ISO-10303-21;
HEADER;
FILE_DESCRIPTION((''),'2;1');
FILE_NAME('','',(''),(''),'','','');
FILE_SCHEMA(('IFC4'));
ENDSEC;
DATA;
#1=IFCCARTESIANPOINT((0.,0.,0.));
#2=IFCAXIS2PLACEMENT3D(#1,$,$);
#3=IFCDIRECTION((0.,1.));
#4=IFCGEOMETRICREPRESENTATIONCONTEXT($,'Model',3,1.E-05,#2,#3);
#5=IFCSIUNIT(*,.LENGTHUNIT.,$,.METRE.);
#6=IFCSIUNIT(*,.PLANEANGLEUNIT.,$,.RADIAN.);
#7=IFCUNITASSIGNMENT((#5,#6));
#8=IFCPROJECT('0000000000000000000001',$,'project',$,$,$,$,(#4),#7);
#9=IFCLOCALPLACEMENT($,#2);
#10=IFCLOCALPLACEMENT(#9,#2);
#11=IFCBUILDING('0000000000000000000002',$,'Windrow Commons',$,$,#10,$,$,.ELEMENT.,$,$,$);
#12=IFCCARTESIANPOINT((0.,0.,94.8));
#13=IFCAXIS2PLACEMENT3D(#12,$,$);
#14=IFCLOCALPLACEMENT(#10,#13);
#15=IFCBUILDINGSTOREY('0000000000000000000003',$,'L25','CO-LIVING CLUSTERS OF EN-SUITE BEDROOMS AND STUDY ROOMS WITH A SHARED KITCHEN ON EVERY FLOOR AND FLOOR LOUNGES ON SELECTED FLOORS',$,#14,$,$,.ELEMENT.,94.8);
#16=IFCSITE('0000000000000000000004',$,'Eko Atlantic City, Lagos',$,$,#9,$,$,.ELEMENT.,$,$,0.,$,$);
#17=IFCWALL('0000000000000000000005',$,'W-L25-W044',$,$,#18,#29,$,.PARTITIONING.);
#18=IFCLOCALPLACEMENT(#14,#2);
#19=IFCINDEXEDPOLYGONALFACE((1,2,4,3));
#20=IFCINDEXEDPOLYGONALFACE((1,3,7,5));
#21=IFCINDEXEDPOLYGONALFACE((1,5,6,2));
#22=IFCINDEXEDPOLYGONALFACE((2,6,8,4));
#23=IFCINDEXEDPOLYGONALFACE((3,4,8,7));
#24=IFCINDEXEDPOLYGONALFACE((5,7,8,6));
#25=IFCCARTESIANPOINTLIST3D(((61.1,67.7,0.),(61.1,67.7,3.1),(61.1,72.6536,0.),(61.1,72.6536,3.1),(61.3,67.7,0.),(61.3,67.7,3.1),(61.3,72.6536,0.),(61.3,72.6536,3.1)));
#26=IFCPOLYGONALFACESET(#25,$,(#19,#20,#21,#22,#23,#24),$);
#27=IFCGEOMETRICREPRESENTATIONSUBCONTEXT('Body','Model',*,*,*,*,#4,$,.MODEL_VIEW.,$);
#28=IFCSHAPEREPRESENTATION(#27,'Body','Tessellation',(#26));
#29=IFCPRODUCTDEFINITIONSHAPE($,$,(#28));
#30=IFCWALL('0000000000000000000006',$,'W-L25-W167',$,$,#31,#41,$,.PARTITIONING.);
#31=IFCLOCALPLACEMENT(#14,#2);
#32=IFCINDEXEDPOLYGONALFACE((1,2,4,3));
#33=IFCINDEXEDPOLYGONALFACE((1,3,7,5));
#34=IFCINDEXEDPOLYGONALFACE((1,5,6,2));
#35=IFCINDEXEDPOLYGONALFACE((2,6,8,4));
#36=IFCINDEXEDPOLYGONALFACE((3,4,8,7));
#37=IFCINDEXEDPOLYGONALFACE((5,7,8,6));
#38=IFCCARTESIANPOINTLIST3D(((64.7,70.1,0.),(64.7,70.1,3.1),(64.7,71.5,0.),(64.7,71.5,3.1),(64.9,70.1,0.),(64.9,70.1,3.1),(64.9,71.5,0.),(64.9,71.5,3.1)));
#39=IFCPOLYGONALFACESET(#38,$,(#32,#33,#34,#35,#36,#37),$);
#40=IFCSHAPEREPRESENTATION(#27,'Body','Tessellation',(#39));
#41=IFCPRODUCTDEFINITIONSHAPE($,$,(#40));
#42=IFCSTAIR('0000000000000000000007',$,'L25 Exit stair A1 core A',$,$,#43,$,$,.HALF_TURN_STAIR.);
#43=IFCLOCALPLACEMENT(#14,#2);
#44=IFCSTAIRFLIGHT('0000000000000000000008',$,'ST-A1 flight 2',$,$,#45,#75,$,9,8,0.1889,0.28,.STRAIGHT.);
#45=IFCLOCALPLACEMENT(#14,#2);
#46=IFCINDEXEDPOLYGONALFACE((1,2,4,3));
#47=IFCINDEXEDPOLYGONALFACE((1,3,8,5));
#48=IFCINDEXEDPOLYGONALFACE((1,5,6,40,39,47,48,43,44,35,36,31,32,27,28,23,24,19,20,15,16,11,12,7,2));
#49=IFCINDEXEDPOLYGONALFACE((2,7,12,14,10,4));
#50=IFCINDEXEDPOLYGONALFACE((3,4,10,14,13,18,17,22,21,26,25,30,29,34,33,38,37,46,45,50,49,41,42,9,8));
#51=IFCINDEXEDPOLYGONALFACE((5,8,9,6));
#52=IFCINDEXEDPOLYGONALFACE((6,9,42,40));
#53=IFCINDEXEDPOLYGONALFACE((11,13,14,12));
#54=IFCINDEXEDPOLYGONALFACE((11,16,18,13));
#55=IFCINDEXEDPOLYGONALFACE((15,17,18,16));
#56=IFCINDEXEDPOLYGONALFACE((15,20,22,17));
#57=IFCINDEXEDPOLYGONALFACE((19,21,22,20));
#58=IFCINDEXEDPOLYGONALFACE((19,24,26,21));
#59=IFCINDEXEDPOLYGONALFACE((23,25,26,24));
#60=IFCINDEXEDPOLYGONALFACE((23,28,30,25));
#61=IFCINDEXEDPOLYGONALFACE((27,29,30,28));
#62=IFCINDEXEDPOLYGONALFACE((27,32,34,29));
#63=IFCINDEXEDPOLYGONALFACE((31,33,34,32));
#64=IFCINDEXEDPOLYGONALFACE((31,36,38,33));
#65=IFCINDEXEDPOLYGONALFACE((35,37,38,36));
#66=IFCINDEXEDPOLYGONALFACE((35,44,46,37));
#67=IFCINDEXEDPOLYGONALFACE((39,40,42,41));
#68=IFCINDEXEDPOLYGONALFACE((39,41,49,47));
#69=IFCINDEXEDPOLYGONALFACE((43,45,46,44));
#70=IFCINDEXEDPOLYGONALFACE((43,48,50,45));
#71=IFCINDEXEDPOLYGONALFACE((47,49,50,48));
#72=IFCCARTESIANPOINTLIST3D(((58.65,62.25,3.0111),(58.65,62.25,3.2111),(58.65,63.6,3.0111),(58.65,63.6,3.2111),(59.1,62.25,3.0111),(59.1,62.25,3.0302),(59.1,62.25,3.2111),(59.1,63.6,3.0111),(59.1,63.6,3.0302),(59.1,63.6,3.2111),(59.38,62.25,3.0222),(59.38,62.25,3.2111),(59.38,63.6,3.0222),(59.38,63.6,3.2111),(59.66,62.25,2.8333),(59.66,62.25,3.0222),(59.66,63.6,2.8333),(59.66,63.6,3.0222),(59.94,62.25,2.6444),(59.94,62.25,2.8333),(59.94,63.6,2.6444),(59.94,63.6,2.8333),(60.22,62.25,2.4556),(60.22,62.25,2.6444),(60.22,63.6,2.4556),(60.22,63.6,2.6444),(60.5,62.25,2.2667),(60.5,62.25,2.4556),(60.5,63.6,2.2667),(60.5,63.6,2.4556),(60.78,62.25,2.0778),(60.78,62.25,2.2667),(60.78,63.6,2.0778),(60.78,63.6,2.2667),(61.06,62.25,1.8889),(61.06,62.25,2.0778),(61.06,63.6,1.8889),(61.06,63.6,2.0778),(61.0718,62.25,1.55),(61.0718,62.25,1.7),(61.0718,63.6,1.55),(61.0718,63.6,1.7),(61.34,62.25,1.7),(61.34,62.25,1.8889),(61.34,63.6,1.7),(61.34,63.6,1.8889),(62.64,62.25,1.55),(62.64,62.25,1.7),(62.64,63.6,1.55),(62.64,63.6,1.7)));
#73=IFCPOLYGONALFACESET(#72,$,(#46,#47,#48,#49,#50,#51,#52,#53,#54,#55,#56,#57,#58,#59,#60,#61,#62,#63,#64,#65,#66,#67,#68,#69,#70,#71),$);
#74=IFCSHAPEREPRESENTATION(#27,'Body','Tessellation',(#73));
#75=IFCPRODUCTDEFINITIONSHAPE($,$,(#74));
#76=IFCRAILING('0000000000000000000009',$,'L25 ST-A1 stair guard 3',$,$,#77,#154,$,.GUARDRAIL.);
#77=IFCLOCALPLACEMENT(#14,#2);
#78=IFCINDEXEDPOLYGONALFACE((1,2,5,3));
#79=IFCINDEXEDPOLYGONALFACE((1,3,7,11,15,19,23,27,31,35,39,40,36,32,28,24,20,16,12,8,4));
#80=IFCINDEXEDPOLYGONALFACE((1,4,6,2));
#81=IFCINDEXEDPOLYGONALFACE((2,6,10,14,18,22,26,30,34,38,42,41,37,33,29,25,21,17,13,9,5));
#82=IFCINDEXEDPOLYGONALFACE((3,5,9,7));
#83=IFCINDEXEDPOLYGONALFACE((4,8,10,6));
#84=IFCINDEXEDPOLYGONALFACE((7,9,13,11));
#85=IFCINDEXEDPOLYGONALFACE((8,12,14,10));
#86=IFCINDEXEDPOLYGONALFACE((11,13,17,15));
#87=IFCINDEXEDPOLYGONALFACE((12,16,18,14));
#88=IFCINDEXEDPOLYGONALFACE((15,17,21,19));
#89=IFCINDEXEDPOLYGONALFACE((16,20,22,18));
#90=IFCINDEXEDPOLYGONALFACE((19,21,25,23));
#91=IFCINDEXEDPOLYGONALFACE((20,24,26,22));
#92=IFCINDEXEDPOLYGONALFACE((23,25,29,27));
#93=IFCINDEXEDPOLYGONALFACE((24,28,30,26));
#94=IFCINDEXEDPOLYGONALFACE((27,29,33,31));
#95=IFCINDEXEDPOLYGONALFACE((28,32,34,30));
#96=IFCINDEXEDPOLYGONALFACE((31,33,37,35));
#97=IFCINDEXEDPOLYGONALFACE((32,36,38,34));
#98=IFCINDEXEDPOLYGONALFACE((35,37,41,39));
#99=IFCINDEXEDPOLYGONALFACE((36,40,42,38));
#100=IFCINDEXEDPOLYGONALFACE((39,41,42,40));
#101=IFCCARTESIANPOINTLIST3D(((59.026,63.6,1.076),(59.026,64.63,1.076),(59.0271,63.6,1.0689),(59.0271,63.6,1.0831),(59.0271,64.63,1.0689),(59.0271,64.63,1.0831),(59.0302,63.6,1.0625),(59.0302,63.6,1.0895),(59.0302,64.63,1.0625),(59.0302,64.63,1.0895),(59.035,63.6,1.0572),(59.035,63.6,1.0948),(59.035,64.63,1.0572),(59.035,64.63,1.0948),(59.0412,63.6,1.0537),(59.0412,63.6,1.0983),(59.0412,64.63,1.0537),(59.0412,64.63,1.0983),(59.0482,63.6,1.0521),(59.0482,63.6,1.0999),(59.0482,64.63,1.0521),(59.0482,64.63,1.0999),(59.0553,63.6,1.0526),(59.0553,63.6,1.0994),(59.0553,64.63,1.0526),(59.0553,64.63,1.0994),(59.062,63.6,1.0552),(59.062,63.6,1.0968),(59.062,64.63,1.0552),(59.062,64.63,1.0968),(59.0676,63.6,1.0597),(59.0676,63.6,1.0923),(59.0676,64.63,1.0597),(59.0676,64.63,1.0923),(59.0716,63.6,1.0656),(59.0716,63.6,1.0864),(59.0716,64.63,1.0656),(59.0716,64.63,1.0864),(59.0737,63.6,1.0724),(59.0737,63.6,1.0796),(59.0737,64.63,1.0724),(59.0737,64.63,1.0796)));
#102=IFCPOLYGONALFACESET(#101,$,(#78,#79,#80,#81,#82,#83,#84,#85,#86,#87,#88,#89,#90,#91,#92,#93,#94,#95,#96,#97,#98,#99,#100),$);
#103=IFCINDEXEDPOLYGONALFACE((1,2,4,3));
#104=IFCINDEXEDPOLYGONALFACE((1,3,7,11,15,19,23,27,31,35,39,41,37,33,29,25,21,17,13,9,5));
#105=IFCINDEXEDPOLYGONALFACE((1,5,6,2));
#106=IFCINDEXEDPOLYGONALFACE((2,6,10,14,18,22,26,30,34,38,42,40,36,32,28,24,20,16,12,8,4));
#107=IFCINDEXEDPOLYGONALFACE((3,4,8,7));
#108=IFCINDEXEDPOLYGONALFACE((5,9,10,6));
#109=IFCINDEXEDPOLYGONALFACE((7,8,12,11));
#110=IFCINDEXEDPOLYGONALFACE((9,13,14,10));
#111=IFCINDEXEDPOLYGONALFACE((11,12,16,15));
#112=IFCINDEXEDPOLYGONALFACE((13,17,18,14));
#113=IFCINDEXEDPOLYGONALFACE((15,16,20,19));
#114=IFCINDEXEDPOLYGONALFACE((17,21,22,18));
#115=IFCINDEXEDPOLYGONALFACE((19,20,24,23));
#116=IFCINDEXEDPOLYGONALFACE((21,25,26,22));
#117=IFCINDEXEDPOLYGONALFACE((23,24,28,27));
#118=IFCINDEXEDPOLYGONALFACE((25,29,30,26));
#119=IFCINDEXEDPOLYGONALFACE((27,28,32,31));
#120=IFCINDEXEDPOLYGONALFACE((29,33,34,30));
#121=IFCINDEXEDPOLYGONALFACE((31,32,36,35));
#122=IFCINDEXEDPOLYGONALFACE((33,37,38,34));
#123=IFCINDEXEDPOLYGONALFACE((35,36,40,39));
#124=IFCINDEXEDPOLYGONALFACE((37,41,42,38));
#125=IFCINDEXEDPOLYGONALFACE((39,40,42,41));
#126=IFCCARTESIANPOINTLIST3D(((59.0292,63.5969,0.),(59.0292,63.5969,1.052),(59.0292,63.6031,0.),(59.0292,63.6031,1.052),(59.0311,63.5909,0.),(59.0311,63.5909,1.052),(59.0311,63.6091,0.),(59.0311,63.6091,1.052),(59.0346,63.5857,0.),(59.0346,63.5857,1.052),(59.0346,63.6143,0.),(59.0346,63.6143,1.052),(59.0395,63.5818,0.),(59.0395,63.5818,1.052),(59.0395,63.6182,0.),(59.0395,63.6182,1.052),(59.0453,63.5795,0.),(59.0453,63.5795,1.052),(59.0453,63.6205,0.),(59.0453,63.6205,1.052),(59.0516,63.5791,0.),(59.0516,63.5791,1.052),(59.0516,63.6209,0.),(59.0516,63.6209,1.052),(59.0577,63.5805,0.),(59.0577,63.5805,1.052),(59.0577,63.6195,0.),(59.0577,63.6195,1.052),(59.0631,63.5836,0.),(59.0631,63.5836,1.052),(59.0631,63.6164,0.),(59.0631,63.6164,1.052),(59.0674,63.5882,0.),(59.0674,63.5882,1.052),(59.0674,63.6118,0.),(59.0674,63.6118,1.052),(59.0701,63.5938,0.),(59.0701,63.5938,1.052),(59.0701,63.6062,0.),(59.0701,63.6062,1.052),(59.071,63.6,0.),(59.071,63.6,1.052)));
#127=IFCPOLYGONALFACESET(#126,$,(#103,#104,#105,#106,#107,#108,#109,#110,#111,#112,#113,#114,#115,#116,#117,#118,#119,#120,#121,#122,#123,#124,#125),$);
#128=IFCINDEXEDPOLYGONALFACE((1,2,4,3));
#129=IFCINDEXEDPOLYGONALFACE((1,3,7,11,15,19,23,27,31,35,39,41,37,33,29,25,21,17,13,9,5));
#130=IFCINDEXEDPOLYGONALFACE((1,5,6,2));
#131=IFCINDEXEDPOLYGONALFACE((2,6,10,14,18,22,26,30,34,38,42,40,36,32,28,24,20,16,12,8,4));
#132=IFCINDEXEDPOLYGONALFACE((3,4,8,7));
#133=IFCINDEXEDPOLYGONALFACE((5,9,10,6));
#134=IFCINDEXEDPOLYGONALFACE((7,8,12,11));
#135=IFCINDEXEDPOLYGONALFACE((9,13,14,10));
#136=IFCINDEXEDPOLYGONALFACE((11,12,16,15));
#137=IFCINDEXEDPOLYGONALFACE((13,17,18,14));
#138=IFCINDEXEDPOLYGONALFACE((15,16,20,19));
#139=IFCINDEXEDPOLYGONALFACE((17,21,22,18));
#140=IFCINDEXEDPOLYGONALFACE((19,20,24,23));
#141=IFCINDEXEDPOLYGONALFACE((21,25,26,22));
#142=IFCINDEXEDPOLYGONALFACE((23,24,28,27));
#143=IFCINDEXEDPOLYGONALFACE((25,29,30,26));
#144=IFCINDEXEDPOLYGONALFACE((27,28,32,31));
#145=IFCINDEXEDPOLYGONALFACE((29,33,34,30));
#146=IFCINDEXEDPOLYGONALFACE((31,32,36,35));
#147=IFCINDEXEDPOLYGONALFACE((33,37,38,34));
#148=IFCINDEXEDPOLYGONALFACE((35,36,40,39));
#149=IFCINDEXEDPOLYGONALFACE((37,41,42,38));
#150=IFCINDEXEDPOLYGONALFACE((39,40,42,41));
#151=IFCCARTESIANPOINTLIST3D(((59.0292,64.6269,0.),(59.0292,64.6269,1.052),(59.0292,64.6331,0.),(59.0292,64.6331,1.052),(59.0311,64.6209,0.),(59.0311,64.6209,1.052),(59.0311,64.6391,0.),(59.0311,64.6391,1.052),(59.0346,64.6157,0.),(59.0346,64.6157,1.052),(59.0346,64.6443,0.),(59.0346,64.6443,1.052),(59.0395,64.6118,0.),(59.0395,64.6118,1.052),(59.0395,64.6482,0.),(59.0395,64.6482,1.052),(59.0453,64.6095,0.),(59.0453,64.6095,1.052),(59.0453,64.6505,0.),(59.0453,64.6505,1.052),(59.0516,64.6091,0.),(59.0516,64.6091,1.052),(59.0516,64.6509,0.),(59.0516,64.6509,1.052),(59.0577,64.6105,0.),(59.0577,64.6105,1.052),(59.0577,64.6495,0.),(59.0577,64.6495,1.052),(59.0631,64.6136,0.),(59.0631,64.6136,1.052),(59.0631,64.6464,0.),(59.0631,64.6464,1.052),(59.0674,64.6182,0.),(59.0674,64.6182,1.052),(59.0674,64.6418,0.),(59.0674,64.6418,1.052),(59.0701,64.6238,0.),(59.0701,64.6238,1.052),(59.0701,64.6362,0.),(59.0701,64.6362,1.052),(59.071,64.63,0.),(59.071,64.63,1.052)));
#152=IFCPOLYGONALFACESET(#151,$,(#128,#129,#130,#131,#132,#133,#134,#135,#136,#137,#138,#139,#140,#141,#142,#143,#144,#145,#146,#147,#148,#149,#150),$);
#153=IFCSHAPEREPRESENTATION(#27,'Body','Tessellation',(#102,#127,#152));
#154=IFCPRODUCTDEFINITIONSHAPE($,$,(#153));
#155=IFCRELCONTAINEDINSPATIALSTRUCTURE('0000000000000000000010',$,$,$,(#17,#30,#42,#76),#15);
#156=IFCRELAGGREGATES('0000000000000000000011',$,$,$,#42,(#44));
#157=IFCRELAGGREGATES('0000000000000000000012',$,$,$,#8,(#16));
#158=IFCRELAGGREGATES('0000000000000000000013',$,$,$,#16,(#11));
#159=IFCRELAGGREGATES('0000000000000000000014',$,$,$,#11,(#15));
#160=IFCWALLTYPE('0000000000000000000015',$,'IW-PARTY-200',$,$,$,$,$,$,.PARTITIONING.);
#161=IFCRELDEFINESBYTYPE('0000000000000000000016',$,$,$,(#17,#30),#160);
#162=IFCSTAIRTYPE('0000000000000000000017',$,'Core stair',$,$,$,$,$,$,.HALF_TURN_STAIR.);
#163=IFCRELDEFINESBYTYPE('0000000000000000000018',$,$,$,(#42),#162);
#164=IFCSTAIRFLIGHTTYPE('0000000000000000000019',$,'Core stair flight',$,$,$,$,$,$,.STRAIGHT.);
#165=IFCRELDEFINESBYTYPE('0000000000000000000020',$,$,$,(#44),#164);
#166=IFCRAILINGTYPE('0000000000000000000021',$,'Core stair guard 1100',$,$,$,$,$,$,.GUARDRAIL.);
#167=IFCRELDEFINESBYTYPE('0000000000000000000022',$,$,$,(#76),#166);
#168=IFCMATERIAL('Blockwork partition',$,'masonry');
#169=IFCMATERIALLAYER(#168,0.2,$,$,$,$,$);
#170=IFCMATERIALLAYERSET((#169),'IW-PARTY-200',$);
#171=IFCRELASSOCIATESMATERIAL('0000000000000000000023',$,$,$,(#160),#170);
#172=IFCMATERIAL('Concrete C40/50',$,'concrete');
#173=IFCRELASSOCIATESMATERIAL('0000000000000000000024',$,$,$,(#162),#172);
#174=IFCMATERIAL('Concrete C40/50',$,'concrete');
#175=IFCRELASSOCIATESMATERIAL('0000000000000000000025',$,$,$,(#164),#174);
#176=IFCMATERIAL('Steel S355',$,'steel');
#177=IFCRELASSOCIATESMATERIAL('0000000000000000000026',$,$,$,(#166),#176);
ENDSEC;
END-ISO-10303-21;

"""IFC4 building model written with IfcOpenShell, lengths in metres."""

from ifc_helpers import new_model, si_unit, direction, frame, frame_2d, origin, origin_2d, place, context, subcontext, project, spatial, polyline, rectangle, circle, outline, extrude, material, layer, layer_set, type_object, element, aggregate, save


model = new_model("IFC4")

# Units and contexts
model_context = context("Model", 3, precision=1e-05, world=origin(), true_north=direction((0.0, 1.0)))
body_context = subcontext(model_context, "Body", "Model", "MODEL_VIEW")
ifc_project = project(units=[si_unit("LENGTHUNIT", "METRE"), si_unit("PLANEANGLEUNIT", "RADIAN")], contexts=[model_context])

# Site, building, storey
site_placement = place(None, origin())
site = spatial("IfcSite", under=ifc_project, at=site_placement, Name="Eko Atlantic City, Lagos", CompositionType="ELEMENT", RefElevation=0.0)
building_placement = place(site_placement, origin())
building = spatial("IfcBuilding", under=site, at=building_placement, Name="Windrow Commons", CompositionType="ELEMENT")
storey_placement = place(building_placement, frame((0.0, 0.0, 94.8)))
storey = spatial("IfcBuildingStorey", under=building, at=storey_placement, Name="L25", Description="CO-LIVING CLUSTERS OF EN-SUITE BEDROOMS AND STUDY ROOMS WITH A SHARED KITCHEN ON EVERY FLOOR AND FLOOR LOUNGES ON SELECTED FLOORS", CompositionType="ELEMENT", Elevation=94.8)

# Walls
ifc_material_1 = material(Name="Blockwork partition", Category="masonry")
ifc_layer_1 = layer(ifc_material_1, 0.2)
ifc_layer_set_1 = layer_set([ifc_layer_1], Name="IW-PARTY-200")
wall_type_1 = type_object("IfcWallType", Name="IW-PARTY-200", PredefinedType="PARTITIONING", material=ifc_layer_set_1)
wall_1_placement = place(storey_placement, frame((61.2, 67.7, 0.0), z_axis=(0.0, 0.0, 1.0), x_axis=(0.0, 1.0, 0.0)))
element("IfcWall", 1, at=wall_1_placement, inside=storey, type_object=wall_type_1, Name="W-L25-W044", PredefinedType="PARTITIONING", context=body_context, shape_type="SweptSolid", body=[
    extrude(rectangle(XDim=4.9535, YDim=0.2, at=frame_2d((2.4768, 0.0))), origin(), (0.0, 0.0, 1.0), 3.1),
])
wall_2_placement = place(storey_placement, frame((64.8, 70.1, 0.0), z_axis=(0.0, 0.0, 1.0), x_axis=(0.0, 1.0, 0.0)))
element("IfcWall", 2, at=wall_2_placement, inside=storey, type_object=wall_type_1, Name="W-L25-W167", PredefinedType="PARTITIONING", context=body_context, shape_type="SweptSolid", body=[
    extrude(rectangle(XDim=1.4, YDim=0.2, at=frame_2d((0.7, 0.0))), origin(), (0.0, 0.0, 1.0), 3.1),
])

# Stair, stair flight
ifc_material_2 = material(Name="Concrete C40/50", Category="concrete")
stair_type = type_object("IfcStairType", Name="Core stair", PredefinedType="HALF_TURN_STAIR", material=ifc_material_2)
stair_placement = place(storey_placement, origin())
stair = element("IfcStair", 3, at=stair_placement, inside=storey, type_object=stair_type, Name="L25 Exit stair A1 core A", PredefinedType="HALF_TURN_STAIR")
ifc_material_3 = material(Name="Concrete C40/50", Category="concrete")
stair_flight_type = type_object("IfcStairFlightType", Name="Core stair flight", PredefinedType="STRAIGHT", material=ifc_material_3)
stair_flight_placement = place(storey_placement, frame((61.34, 62.925, 1.7), z_axis=(0.0, 0.0, 1.0), x_axis=(-1.0, 0.0, 0.0)))
stair_flight = element("IfcStairFlight", 4, at=stair_flight_placement, type_object=stair_flight_type, Name="ST-A1 flight 2", NumberOfRisers=9, NumberOfTreads=8, PredefinedType="STRAIGHT", RiserHeight=0.1889, TreadLength=0.28, context=body_context, shape_type="SweptSolid", body=[
    extrude(outline(polyline([(-1.3, -0.15), (-1.3, 0.0), (0.0, 0.0), (0.0, 0.1889), (0.28, 0.1889), (0.28, 0.3778), (0.56, 0.3778), (0.56, 0.5667), (0.84, 0.5667), (0.84, 0.7556), (1.12, 0.7556), (1.12, 0.9444), (1.4, 0.9444), (1.4, 1.1333), (1.68, 1.1333), (1.68, 1.3222), (1.96, 1.3222), (1.96, 1.5111), (2.24, 1.5111), (2.69, 1.5111), (2.69, 1.3111), (2.24, 1.3111), (2.24, 1.3302), (0.2682, 0.0), (0.2682, -0.15), (-1.3, -0.15)])), frame((0.0, 0.675, 0.0), z_axis=(0.0, -1.0, 0.0), x_axis=(1.0, 0.0, 0.0)), (0.0, 0.0, 1.0), 1.35),
])
aggregate(stair, [stair_flight])

# Railing
ifc_material_4 = material(Name="Steel S355", Category="steel")
railing_type_1 = type_object("IfcRailingType", Name="Core stair guard 1100", PredefinedType="GUARDRAIL", material=ifc_material_4)
for number, where, name in (
    (5, (59.05, 63.6, 0.0), "L25 ST-A1 stair guard 3"),
):
    element("IfcRailing", number, at=place(storey_placement, frame(where)), inside=storey, type_object=railing_type_1, Name=name, PredefinedType="GUARDRAIL", context=body_context, shape_type="SweptSolid", body=[
        extrude(circle(Radius=0.024, at=origin_2d()), frame((0.0, 0.0, 1.076), z_axis=(0.0, 1.0, 0.0), x_axis=(-1.0, 0.0, 0.0)), (0.0, 0.0, 1.0), 1.03),
        extrude(circle(Radius=0.021, at=origin_2d()), origin(), (0.0, 0.0, 1.0), 1.052),
        extrude(circle(Radius=0.021, at=origin_2d()), frame((0.0, 1.03, 0.0)), (0.0, 0.0, 1.0), 1.052),
    ])

save(model, "model.ifc")
